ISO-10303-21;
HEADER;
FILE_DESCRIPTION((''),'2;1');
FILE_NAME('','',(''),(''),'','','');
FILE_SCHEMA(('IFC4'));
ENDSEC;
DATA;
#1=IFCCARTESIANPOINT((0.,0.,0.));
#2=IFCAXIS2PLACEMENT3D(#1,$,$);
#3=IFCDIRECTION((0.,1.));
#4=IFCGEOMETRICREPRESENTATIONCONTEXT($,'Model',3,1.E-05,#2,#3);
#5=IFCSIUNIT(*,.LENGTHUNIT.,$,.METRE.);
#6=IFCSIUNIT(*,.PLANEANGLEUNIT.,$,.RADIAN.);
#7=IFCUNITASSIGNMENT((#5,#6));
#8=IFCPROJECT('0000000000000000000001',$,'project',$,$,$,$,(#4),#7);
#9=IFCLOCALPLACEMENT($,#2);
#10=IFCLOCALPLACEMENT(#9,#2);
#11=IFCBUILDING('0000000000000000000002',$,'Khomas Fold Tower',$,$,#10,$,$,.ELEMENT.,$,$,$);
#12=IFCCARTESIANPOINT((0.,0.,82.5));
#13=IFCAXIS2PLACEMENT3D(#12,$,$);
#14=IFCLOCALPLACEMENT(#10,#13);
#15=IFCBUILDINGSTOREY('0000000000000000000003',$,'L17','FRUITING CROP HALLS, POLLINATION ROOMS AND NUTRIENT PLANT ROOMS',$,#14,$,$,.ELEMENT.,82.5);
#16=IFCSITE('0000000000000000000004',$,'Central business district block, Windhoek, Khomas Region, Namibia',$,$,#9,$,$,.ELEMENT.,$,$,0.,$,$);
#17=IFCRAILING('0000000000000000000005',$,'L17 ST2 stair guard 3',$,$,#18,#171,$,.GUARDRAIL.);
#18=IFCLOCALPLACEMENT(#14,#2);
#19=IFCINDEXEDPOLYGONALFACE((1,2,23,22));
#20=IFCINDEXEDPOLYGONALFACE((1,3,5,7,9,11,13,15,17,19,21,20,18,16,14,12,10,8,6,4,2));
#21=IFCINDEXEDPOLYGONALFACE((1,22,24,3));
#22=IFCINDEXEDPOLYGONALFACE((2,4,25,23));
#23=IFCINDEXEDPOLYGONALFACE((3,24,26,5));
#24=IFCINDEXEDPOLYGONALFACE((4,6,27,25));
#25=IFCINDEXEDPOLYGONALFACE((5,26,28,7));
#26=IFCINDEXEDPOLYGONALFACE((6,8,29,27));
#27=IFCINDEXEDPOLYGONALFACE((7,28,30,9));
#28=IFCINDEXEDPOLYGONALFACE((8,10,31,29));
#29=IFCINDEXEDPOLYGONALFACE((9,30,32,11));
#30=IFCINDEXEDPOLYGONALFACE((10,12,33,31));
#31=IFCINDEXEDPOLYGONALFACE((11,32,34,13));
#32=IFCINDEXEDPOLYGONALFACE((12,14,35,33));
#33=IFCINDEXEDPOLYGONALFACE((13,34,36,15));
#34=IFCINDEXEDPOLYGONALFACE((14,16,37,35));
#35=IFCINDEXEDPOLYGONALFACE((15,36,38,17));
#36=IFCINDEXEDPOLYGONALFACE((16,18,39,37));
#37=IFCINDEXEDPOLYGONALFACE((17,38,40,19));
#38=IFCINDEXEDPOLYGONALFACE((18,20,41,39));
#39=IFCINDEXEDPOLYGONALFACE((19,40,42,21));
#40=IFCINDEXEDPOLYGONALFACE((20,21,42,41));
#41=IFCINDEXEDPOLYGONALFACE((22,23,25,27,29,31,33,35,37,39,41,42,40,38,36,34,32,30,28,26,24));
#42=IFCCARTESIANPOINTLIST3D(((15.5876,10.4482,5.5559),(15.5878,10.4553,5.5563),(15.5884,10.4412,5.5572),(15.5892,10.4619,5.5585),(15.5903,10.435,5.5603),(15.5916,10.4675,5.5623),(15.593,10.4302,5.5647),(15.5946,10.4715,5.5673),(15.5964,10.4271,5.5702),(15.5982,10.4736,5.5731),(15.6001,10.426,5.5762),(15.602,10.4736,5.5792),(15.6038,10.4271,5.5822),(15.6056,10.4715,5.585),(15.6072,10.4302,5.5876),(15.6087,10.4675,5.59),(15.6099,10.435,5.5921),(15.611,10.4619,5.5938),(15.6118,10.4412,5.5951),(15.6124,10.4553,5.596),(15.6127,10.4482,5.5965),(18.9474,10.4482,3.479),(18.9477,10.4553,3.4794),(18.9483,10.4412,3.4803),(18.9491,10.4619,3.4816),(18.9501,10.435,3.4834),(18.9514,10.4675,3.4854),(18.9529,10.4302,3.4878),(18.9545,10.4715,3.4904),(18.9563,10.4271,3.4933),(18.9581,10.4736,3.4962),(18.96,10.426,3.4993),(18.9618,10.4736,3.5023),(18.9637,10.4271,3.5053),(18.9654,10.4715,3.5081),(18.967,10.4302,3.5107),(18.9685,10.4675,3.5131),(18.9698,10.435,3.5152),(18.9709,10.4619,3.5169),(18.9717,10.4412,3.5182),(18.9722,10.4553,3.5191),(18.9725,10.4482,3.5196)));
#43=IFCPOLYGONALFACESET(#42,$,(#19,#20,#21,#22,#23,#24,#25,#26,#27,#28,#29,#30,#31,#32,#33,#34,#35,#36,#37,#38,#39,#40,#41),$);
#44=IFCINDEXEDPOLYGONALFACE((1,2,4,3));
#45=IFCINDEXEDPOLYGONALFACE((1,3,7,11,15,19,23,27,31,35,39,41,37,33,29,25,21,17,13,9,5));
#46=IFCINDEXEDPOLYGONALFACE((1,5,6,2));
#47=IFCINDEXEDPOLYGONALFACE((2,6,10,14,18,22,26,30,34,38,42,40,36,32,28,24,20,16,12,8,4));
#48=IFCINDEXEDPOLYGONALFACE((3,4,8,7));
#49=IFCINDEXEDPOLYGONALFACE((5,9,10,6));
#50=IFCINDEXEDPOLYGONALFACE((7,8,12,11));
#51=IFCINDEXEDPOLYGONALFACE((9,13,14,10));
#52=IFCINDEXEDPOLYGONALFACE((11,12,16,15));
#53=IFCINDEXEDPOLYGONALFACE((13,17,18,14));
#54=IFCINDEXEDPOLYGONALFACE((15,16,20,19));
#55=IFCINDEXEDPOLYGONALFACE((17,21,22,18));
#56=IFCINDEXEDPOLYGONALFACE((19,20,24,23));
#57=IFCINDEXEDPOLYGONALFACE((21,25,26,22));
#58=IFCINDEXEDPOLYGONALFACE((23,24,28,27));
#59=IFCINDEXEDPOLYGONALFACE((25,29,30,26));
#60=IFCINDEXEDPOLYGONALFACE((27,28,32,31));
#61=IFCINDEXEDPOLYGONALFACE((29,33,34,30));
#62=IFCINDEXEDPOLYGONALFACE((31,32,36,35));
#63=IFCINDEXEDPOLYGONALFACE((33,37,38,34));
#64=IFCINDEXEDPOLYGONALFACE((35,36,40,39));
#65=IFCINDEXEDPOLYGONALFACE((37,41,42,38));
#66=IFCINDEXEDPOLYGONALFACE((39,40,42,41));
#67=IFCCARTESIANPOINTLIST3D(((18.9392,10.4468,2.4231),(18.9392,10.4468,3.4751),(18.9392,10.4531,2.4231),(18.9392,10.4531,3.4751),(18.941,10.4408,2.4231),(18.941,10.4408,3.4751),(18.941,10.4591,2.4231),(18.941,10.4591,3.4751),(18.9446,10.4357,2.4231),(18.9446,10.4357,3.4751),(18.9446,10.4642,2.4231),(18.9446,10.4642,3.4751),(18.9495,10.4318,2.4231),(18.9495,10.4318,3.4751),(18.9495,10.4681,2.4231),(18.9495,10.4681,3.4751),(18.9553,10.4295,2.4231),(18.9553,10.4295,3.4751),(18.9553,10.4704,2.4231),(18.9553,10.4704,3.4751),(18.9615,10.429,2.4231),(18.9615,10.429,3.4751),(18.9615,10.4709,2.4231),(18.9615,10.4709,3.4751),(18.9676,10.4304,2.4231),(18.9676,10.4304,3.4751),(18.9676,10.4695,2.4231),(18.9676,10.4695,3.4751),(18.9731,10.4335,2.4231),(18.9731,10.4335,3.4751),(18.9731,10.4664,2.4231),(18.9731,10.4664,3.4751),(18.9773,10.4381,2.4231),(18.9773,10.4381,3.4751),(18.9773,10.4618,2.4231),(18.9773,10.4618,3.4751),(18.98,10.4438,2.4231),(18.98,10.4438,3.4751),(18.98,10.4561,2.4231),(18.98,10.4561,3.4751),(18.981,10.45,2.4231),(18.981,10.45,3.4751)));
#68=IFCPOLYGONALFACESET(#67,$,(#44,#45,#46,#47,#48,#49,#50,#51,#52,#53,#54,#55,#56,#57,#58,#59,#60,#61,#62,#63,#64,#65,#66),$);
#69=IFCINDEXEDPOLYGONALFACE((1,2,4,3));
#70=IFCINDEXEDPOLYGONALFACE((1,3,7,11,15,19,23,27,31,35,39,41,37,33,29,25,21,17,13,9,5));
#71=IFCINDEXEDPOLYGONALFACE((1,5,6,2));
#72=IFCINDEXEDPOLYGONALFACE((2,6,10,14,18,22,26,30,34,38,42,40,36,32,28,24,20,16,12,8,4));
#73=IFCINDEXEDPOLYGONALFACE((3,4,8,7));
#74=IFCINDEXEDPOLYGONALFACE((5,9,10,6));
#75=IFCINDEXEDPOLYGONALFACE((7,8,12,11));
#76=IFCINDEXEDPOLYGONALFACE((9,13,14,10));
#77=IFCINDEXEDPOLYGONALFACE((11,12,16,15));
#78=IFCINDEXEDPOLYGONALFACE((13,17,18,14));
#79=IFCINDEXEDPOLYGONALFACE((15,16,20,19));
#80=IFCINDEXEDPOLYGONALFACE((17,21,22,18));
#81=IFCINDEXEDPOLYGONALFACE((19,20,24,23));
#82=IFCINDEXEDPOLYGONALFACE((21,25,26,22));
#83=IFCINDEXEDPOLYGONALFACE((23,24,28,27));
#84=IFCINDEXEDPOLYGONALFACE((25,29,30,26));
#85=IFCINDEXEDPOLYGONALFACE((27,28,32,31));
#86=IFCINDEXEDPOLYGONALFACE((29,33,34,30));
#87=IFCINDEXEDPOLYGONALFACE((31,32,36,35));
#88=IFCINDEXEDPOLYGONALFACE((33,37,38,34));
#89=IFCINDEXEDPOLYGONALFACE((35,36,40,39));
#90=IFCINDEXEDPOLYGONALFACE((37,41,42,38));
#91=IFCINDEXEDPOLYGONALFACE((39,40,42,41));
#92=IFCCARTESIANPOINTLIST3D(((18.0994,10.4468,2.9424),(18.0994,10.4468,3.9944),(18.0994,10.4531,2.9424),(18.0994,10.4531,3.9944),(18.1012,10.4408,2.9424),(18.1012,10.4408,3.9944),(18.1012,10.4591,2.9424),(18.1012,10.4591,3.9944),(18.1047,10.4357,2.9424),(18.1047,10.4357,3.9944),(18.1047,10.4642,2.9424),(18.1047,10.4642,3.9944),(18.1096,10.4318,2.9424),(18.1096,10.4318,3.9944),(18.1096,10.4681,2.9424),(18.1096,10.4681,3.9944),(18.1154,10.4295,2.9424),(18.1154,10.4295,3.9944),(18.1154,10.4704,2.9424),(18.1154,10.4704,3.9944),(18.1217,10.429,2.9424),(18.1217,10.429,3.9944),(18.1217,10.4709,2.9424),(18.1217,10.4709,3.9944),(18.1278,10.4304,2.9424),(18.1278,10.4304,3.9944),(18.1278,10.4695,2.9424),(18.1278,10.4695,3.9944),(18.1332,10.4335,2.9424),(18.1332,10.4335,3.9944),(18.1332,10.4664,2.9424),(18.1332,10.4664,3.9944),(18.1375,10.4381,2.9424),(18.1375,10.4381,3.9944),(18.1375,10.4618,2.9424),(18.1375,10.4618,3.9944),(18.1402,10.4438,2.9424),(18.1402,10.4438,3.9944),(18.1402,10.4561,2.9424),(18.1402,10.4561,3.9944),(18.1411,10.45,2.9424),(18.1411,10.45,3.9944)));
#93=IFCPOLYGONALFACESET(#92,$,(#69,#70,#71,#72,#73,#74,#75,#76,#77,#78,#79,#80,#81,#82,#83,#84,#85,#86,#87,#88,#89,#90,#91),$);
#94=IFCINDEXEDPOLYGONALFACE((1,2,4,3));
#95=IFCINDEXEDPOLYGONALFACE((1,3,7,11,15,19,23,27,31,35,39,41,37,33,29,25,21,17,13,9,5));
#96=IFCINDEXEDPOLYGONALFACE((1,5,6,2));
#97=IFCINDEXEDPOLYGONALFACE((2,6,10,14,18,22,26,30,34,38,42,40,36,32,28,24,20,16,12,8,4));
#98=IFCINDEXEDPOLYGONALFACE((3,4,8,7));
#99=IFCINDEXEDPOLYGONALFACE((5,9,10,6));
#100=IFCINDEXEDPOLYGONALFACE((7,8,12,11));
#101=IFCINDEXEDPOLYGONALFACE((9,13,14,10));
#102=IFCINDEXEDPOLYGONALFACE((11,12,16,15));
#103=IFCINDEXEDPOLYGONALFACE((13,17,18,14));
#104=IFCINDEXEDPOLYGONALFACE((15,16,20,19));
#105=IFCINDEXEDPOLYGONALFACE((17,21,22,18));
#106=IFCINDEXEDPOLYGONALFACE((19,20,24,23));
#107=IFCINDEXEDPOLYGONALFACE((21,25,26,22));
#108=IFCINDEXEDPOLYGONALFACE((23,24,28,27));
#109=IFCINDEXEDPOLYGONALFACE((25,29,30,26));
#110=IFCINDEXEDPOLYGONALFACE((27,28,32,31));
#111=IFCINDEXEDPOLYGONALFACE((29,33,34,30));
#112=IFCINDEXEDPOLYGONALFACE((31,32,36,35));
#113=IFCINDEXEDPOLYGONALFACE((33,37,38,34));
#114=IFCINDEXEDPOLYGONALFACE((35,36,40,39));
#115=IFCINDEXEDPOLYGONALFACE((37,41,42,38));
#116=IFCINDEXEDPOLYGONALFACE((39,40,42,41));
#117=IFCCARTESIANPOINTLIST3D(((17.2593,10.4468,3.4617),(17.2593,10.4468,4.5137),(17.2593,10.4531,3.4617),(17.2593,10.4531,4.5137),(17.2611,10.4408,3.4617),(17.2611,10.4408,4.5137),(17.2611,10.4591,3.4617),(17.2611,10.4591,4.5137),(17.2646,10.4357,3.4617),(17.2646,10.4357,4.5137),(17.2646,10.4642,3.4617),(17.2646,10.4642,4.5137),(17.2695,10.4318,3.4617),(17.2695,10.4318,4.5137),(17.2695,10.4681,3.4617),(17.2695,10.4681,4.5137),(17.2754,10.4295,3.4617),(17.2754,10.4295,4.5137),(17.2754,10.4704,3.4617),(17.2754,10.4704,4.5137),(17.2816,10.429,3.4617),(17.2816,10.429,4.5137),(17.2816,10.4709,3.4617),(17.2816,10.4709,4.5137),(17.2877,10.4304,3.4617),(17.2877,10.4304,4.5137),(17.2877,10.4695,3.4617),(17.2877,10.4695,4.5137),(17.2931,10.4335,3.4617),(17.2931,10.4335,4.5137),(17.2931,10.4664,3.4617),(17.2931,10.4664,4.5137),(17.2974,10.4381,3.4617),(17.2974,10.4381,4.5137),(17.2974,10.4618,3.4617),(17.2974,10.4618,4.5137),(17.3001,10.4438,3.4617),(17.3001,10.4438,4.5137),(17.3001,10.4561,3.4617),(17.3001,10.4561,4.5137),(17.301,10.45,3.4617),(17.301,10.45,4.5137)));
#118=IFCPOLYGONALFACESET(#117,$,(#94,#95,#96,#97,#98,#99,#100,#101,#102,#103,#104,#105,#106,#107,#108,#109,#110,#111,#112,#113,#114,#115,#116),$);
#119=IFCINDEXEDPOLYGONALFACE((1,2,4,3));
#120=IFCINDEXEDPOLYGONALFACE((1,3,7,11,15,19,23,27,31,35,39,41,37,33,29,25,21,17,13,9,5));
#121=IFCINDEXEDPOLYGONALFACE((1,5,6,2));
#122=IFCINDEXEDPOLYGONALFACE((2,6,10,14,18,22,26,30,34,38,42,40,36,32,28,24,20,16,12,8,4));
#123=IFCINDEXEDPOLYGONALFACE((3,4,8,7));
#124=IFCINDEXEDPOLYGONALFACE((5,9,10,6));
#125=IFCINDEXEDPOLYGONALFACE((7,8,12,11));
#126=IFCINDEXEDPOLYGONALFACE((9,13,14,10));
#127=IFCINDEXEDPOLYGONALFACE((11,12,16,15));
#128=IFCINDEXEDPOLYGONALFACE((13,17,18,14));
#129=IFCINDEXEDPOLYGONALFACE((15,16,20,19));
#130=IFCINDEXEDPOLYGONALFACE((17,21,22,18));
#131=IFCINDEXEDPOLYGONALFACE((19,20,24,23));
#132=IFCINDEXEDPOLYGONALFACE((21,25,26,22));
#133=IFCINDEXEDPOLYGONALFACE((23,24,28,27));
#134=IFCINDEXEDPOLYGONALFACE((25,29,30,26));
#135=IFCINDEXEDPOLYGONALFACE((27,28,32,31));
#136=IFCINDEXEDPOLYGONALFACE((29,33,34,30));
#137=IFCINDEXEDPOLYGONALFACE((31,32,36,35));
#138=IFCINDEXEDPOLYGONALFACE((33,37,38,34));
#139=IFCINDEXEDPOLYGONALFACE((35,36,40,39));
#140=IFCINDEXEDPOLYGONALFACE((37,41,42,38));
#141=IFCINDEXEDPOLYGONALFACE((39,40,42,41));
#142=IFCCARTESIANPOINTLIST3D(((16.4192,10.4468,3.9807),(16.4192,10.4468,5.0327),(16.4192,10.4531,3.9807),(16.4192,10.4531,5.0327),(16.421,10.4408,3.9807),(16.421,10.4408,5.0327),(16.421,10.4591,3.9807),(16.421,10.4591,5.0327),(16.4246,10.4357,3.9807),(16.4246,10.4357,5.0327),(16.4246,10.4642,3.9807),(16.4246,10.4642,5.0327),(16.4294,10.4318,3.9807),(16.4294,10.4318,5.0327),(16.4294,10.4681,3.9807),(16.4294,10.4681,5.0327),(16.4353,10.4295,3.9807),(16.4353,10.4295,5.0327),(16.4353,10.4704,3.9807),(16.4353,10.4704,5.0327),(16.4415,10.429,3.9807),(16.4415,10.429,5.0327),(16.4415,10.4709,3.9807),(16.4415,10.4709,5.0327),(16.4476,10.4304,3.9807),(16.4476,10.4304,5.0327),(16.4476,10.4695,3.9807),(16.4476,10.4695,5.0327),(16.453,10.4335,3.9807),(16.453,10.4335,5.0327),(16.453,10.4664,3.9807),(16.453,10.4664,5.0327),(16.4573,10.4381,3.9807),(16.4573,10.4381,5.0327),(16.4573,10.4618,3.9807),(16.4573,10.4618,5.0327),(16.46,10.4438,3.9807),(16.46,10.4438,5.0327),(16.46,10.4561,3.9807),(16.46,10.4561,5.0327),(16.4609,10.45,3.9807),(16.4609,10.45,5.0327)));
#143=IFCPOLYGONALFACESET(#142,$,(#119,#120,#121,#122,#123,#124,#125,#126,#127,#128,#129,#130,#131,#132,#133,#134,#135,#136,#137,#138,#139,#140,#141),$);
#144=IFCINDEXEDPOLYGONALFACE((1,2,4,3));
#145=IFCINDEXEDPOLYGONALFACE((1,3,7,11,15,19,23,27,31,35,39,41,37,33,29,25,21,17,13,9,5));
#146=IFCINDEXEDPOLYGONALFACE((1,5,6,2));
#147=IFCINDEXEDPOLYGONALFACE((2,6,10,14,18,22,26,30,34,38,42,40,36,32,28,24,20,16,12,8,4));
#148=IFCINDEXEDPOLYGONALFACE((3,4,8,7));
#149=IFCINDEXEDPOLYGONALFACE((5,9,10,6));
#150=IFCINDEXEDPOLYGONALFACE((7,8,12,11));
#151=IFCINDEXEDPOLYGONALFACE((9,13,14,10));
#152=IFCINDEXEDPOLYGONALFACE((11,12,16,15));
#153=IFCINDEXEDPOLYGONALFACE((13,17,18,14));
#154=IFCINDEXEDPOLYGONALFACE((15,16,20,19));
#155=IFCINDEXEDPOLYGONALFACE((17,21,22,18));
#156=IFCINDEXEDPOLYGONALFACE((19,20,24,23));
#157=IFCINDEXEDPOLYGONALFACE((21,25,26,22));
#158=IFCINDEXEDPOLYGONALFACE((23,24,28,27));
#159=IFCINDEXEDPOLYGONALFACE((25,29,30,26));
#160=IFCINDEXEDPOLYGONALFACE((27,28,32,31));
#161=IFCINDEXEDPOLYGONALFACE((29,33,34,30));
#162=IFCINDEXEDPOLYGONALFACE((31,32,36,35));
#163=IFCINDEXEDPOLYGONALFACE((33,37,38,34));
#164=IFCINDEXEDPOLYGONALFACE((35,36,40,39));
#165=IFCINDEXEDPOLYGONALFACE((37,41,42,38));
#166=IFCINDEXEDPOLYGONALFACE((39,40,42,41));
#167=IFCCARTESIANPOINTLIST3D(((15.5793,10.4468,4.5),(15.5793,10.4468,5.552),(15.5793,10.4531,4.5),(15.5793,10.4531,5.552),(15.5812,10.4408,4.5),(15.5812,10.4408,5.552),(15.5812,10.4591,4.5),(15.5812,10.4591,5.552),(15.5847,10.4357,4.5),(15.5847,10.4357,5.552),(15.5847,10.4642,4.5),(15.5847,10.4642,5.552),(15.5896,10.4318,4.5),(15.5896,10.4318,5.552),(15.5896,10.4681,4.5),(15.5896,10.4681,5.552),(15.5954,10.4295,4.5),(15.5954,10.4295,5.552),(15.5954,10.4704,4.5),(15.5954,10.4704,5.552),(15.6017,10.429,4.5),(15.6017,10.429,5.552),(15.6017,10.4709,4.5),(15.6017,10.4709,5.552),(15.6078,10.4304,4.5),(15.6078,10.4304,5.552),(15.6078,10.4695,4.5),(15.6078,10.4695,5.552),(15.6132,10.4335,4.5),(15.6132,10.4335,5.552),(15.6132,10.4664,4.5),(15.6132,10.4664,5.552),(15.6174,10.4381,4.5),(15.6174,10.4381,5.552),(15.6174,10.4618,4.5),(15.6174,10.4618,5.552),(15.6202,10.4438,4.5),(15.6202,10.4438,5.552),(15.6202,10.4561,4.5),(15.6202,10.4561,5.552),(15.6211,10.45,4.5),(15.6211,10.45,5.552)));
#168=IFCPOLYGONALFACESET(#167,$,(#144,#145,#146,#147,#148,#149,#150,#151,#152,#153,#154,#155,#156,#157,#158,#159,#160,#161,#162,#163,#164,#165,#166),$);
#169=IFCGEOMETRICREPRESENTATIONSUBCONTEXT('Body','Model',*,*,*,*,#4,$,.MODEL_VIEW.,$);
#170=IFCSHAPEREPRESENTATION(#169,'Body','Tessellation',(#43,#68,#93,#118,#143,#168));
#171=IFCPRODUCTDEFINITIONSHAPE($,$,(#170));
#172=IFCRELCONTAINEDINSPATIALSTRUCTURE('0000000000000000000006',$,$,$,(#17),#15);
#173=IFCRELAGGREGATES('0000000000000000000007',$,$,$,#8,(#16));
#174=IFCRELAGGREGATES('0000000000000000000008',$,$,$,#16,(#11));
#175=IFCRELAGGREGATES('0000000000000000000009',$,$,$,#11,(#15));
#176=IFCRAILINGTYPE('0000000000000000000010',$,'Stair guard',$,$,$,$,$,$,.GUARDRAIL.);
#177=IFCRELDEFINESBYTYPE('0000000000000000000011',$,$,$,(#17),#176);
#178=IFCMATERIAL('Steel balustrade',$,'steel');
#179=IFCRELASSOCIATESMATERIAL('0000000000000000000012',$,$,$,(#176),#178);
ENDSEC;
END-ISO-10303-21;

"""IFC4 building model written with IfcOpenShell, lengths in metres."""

from ifc_helpers import new_model, si_unit, direction, frame, origin, origin_2d, place, context, subcontext, project, spatial, circle, extrude, source, transform, mapped, material, type_object, element, save


model = new_model("IFC4")

# Units and contexts
model_context = context("Model", 3, precision=1e-05, world=origin(), true_north=direction((0.0, 1.0)))
body_context = subcontext(model_context, "Body", "Model", "MODEL_VIEW")
ifc_project = project(units=[si_unit("LENGTHUNIT", "METRE"), si_unit("PLANEANGLEUNIT", "RADIAN")], contexts=[model_context])

# Site, building, storey
site_placement = place(None, origin())
site = spatial("IfcSite", under=ifc_project, at=site_placement, Name="Central business district block, Windhoek, Khomas Region, Namibia", CompositionType="ELEMENT", RefElevation=0.0)
building_placement = place(site_placement, origin())
building = spatial("IfcBuilding", under=site, at=building_placement, Name="Khomas Fold Tower", CompositionType="ELEMENT")
storey_placement = place(building_placement, frame((0.0, 0.0, 82.5)))
storey = spatial("IfcBuildingStorey", under=building, at=storey_placement, Name="L17", Description="FRUITING CROP HALLS, POLLINATION ROOMS AND NUTRIENT PLANT ROOMS", CompositionType="ELEMENT", Elevation=82.5)

# Railing
ifc_material_1 = material(Name="Steel balustrade", Category="steel")
railing_type_1 = type_object("IfcRailingType", Name="Stair guard", PredefinedType="GUARDRAIL", material=ifc_material_1)
shared_shape_1 = source(origin(), body_context, "Body", "SweptSolid", [
    extrude(circle(Radius=0.0239, at=origin_2d()), frame((0.0, 0.0, 1.0762), z_axis=(-0.850606, 0.0, 0.525803), x_axis=(0.0, -1.0, 0.0)), (0.0, 0.0, 1.0), 3.95),
    extrude(circle(Radius=0.021, at=origin_2d()), origin(), (0.0, 0.0, 1.0), 1.052),
    extrude(circle(Radius=0.021, at=origin_2d()), frame((-0.8398, 0.0, 0.5193)), (0.0, 0.0, 1.0), 1.052),
    extrude(circle(Radius=0.021, at=origin_2d()), frame((-1.6799, 0.0, 1.0386)), (0.0, 0.0, 1.0), 1.052),
    extrude(circle(Radius=0.021, at=origin_2d()), frame((-2.52, 0.0, 1.5576)), (0.0, 0.0, 1.0), 1.052),
    extrude(circle(Radius=0.021, at=origin_2d()), frame((-3.3599, 0.0, 2.0769)), (0.0, 0.0, 1.0), 1.052),
])
railing_1_placement = place(storey_placement, frame((18.96, 10.45, 2.4231)))
element("IfcRailing", 1, at=railing_1_placement, inside=storey, type_object=railing_type_1, Name="L17 ST2 stair guard 3", PredefinedType="GUARDRAIL", context=body_context, shape_type="MappedRepresentation", body=[
    mapped(shared_shape_1, transform((0.0, 0.0, 0.0))),
])

save(model, "model.ifc")
